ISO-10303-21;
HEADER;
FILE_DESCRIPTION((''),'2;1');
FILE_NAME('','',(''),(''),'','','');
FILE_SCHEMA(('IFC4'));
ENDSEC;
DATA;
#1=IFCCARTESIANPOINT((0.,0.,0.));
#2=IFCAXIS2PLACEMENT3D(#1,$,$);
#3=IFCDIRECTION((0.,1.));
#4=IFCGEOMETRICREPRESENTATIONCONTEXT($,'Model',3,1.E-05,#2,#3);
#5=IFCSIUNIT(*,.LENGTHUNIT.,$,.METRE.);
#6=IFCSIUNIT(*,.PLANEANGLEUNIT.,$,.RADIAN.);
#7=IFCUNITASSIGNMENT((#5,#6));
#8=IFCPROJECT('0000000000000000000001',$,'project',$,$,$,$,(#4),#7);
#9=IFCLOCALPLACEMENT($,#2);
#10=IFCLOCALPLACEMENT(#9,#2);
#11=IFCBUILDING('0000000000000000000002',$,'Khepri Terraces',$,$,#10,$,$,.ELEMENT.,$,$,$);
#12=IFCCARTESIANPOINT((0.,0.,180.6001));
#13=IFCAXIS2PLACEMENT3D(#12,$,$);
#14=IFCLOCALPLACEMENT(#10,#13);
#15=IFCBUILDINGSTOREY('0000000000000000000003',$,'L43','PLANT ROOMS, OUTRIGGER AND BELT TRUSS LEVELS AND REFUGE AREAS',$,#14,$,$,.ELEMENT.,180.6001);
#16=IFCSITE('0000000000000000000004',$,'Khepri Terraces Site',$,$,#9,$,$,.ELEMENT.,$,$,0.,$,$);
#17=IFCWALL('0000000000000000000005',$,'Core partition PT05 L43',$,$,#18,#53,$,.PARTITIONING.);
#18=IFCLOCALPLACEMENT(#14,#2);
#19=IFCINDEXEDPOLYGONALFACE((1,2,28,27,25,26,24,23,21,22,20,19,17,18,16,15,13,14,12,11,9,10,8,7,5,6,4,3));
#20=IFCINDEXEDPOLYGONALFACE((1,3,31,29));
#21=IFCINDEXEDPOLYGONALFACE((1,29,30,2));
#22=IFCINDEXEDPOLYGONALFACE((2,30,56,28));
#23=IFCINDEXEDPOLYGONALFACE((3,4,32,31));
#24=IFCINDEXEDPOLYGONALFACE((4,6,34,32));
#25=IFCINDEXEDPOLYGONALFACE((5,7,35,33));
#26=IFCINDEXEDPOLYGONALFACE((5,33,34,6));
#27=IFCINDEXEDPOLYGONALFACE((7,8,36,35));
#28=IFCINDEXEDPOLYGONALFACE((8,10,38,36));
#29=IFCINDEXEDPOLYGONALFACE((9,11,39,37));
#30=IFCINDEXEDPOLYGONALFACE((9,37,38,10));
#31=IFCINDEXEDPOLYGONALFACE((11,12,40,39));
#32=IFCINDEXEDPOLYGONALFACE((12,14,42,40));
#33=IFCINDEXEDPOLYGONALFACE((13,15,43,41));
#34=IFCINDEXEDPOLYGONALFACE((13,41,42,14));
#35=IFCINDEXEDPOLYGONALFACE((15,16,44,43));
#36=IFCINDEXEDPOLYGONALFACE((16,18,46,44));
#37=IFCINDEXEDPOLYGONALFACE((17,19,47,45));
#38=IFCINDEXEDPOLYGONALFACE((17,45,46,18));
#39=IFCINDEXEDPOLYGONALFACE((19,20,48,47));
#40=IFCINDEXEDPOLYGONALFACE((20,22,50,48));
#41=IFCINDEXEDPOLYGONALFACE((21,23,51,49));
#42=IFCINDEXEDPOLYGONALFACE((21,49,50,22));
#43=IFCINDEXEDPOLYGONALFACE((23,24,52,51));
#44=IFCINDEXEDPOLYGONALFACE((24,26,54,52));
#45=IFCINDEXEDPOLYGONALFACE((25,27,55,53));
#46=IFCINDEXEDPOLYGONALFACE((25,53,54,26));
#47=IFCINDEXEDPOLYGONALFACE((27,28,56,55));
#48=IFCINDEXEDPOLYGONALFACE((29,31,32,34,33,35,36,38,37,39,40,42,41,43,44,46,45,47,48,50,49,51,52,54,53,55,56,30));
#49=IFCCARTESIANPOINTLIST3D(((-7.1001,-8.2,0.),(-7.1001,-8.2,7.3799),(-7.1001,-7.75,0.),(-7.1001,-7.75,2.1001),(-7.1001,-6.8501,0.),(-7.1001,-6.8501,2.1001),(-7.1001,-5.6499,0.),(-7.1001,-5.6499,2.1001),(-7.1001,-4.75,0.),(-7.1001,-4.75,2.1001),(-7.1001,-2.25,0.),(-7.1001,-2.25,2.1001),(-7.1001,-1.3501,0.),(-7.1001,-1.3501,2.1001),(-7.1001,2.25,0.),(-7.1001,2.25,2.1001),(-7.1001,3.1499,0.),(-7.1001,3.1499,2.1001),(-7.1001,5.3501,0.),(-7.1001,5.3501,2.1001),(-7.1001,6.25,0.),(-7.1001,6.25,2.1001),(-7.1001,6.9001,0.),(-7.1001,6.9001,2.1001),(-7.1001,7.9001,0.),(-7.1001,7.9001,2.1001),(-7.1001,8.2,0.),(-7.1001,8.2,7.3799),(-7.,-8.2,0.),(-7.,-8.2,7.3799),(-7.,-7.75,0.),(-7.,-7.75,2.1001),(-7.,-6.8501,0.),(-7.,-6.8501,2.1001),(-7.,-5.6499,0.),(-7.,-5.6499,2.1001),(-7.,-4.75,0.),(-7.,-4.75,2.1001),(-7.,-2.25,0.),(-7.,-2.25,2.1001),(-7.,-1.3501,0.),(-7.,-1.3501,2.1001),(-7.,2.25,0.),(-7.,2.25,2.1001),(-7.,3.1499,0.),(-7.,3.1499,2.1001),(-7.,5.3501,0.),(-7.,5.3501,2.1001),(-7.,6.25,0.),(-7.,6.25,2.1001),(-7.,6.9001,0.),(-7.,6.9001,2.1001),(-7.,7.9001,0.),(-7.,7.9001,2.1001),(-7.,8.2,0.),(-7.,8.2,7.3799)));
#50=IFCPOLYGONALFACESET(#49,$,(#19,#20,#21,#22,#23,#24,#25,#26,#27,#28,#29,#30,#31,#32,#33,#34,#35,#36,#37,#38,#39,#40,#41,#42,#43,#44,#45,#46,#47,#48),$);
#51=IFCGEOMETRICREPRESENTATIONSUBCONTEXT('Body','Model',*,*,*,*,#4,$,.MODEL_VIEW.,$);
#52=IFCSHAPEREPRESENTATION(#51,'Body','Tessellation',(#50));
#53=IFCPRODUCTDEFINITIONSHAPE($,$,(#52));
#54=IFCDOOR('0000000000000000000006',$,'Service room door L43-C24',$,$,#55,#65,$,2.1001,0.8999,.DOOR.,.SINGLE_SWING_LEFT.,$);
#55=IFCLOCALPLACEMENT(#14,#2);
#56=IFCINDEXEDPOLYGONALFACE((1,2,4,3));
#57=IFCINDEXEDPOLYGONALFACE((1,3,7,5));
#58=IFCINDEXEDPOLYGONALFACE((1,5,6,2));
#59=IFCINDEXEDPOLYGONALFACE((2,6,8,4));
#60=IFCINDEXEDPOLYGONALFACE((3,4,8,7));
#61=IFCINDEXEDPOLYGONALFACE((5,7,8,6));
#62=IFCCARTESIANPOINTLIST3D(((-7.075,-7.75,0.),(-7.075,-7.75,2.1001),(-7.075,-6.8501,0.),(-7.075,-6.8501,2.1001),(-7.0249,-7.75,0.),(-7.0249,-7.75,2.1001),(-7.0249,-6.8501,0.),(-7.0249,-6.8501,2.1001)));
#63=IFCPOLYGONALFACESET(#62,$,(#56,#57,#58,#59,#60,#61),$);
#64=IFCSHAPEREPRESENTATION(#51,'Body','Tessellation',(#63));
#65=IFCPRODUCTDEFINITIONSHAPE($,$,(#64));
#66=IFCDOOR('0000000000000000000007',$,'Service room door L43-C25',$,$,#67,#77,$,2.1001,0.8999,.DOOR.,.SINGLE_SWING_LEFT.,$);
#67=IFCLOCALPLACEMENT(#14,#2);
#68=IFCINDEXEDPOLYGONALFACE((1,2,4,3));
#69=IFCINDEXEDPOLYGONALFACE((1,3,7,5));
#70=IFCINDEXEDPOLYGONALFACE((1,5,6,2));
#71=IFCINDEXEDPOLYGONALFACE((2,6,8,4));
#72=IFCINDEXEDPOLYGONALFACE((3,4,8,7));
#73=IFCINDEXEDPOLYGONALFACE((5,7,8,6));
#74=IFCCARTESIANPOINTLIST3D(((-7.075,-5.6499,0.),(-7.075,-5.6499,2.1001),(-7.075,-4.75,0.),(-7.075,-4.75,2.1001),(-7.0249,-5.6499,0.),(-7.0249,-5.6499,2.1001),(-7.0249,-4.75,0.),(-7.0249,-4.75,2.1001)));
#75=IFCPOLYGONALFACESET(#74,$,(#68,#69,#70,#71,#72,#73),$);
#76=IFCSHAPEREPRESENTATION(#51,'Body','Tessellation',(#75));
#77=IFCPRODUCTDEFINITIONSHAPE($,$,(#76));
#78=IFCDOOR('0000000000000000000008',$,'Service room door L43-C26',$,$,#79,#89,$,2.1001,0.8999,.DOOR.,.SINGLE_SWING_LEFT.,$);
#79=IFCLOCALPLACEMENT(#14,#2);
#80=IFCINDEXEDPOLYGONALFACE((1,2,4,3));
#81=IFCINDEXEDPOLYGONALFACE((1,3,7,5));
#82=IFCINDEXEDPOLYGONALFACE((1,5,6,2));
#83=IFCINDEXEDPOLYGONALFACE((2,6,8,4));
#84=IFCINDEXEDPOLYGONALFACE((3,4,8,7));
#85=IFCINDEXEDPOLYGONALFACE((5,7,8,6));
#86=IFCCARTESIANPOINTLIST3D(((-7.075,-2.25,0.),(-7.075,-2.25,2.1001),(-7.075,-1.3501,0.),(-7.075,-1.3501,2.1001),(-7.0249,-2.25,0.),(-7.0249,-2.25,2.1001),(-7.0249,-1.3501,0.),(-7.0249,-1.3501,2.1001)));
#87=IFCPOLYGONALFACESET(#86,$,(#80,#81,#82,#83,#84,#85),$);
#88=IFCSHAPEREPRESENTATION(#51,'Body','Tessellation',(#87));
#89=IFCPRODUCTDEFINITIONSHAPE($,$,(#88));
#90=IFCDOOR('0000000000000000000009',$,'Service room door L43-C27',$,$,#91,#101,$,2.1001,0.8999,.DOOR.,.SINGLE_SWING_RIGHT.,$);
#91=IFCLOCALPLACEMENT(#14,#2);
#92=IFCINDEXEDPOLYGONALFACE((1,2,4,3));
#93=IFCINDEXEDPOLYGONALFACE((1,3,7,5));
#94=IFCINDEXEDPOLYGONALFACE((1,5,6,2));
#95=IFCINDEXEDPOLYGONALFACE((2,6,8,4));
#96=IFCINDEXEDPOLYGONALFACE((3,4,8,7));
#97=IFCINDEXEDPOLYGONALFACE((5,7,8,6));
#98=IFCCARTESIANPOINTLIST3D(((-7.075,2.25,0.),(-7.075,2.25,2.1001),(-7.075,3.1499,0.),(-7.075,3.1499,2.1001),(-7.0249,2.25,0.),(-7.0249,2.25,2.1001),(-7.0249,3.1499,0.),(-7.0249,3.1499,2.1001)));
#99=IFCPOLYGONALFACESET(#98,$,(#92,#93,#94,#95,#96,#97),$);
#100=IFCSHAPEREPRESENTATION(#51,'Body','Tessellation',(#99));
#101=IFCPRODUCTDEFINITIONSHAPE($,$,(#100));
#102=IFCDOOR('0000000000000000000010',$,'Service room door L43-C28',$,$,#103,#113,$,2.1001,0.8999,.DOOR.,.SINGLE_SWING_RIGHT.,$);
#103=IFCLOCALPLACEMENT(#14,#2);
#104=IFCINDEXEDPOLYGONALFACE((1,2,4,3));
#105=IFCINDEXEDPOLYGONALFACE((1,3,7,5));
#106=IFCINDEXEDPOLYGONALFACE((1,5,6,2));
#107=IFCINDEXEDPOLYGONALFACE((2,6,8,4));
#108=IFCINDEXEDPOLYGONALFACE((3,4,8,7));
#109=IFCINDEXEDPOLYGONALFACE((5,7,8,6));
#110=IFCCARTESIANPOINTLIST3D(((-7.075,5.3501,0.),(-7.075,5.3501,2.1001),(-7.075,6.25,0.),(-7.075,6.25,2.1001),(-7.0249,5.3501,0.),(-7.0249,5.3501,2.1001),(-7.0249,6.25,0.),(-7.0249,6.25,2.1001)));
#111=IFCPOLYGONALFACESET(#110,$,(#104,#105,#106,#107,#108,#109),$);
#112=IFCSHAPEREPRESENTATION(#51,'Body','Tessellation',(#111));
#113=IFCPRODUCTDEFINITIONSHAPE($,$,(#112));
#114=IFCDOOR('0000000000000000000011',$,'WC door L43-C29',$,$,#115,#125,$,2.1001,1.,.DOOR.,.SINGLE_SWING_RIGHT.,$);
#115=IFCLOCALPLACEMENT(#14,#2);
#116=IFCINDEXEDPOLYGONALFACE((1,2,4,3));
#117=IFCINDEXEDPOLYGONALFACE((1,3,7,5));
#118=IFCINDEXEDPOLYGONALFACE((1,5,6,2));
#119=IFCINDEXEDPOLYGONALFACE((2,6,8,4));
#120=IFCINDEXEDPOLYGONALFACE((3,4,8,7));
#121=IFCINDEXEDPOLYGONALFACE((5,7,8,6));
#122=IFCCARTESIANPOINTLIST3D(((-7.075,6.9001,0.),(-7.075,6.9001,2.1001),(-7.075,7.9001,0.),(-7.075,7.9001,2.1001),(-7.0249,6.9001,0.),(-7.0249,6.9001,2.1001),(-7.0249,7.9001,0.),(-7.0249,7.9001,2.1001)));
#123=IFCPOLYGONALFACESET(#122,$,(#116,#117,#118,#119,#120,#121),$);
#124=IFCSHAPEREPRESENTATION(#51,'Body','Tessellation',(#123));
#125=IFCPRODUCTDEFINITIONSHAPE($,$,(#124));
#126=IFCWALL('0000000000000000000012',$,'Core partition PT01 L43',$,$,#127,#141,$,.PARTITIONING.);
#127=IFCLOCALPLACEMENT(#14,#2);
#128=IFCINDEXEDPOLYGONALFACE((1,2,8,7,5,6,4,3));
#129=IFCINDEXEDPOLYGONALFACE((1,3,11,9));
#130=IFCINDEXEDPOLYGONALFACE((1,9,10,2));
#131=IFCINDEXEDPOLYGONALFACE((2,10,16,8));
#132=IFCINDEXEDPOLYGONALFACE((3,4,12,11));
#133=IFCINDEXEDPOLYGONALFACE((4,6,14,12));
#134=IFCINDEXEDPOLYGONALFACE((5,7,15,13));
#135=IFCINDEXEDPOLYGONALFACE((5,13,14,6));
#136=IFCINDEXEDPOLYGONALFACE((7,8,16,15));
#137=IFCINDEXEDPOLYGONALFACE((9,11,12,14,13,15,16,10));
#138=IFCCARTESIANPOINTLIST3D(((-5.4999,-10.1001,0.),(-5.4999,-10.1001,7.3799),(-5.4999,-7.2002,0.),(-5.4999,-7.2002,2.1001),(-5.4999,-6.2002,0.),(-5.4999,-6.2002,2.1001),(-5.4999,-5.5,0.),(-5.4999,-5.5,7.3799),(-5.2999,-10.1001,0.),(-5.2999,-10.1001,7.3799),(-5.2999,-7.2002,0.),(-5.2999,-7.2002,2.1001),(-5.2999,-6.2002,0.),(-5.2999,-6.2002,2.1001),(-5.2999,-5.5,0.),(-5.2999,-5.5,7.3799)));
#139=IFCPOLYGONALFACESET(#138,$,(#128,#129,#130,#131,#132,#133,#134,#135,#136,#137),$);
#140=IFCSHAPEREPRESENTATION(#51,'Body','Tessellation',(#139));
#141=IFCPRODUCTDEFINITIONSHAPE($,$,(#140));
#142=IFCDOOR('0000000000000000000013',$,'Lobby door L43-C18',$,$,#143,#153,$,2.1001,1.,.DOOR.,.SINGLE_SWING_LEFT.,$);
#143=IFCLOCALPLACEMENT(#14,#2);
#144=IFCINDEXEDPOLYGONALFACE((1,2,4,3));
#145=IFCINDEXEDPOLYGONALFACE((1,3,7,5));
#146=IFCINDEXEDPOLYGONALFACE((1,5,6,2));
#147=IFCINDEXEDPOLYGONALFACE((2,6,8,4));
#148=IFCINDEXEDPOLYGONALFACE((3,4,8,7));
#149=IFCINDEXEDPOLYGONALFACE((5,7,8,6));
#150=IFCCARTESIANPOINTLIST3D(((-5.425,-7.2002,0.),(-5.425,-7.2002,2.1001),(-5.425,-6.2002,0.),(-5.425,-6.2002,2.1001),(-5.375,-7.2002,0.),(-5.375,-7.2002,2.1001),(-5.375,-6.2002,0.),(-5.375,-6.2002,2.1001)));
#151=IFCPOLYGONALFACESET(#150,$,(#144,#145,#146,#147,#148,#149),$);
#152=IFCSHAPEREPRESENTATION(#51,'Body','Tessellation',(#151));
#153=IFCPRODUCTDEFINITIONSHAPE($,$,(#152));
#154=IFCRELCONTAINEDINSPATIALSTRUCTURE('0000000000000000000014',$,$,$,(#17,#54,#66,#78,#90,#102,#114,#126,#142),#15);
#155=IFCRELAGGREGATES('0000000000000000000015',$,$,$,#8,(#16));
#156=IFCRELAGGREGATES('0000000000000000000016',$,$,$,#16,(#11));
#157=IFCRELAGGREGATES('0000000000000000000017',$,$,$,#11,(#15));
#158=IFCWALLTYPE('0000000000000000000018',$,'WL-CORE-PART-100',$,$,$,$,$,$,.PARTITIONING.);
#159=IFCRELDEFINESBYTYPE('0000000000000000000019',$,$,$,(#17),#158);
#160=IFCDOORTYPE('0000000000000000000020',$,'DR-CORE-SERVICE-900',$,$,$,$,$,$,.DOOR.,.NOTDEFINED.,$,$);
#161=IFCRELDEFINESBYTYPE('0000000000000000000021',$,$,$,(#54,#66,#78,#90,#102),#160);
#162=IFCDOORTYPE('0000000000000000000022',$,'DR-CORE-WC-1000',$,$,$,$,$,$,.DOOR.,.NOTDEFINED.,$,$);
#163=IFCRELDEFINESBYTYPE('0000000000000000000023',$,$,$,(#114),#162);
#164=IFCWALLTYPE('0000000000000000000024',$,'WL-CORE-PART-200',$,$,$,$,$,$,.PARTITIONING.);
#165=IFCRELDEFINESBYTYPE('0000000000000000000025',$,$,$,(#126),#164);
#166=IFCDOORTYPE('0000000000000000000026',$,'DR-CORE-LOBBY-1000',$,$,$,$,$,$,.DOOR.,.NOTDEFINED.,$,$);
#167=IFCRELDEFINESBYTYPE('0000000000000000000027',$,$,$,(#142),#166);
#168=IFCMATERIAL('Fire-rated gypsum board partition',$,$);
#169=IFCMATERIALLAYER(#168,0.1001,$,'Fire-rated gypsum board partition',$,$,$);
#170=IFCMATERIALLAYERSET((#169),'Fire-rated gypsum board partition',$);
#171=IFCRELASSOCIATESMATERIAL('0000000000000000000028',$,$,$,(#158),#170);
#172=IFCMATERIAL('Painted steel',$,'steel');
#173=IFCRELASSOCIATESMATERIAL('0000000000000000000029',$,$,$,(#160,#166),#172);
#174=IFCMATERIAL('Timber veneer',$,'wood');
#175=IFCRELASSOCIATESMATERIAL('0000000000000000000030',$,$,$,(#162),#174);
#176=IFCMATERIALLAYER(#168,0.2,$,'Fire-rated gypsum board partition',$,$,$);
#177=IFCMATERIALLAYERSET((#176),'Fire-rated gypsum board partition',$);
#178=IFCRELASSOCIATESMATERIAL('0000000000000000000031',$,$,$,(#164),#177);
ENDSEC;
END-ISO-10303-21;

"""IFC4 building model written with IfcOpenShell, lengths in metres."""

from ifc_helpers import new_model, si_unit, direction, frame, frame_2d, origin, place, context, subcontext, project, spatial, rectangle, extrude, material, layer, layer_set, type_object, element, fill, save


model = new_model("IFC4")

# Units and contexts
model_context = context("Model", 3, precision=1e-05, world=origin(), true_north=direction((0.0, 1.0)))
body_context = subcontext(model_context, "Body", "Model", "MODEL_VIEW")
ifc_project = project(units=[si_unit("LENGTHUNIT", "METRE"), si_unit("PLANEANGLEUNIT", "RADIAN")], contexts=[model_context])

# Site, building, storey
site_placement = place(None, origin())
site = spatial("IfcSite", under=ifc_project, at=site_placement, Name="Khepri Terraces Site", CompositionType="ELEMENT", RefElevation=0.0)
building_placement = place(site_placement, origin())
building = spatial("IfcBuilding", under=site, at=building_placement, Name="Khepri Terraces", CompositionType="ELEMENT")
storey_placement = place(building_placement, frame((0.0, 0.0, 180.6001)))
storey = spatial("IfcBuildingStorey", under=building, at=storey_placement, Name="L43", Description="PLANT ROOMS, OUTRIGGER AND BELT TRUSS LEVELS AND REFUGE AREAS", CompositionType="ELEMENT", Elevation=180.6001)

# Shared definitions
ifc_material_1 = material(Name="Painted steel", Category="steel")

# Wall, openings, doors
ifc_material_2 = material(Name="Fire-rated gypsum board partition")
ifc_layer_1 = layer(ifc_material_2, 0.1001, Name="Fire-rated gypsum board partition")
ifc_layer_set_1 = layer_set([ifc_layer_1], Name="Fire-rated gypsum board partition")
wall_type_1 = type_object("IfcWallType", Name="WL-CORE-PART-100", PredefinedType="PARTITIONING", material=ifc_layer_set_1)
wall_1_placement = place(storey_placement, frame((-7.05, -8.2, 0.0), z_axis=(0.0, 0.0, 1.0), x_axis=(0.0, 1.0, 0.0)))
wall_1 = element("IfcWall", 1, at=wall_1_placement, inside=storey, type_object=wall_type_1, Name="Core partition PT05 L43", PredefinedType="PARTITIONING", context=body_context, shape_type="SweptSolid", body=[
    extrude(rectangle(XDim=16.3999, YDim=0.1001, at=frame_2d((8.2, 0.0))), origin(), (0.0, 0.0, 1.0), 7.3799),
])
opening_1_placement = place(wall_1_placement, frame((0.45, 0.0, 0.0)))
opening_1 = element("IfcOpeningElement", 2, at=opening_1_placement, cuts=wall_1, PredefinedType="OPENING", context=body_context, shape_type="SweptSolid", body=[
    extrude(rectangle(XDim=0.8999, YDim=2.1001, at=frame_2d((0.45, 1.05))), frame((0.0, 0.0601, 0.0), z_axis=(0.0, -1.0, 0.0), x_axis=(1.0, 0.0, 0.0)), (0.0, 0.0, 1.0), 0.1201),
])
opening_2_placement = place(wall_1_placement, frame((2.55, 0.0, 0.0)))
opening_2 = element("IfcOpeningElement", 3, at=opening_2_placement, cuts=wall_1, PredefinedType="OPENING", context=body_context, shape_type="SweptSolid", body=[
    extrude(rectangle(XDim=0.8999, YDim=2.1001, at=frame_2d((0.45, 1.05))), frame((0.0, 0.0601, 0.0), z_axis=(0.0, -1.0, 0.0), x_axis=(1.0, 0.0, 0.0)), (0.0, 0.0, 1.0), 0.1201),
])
opening_3_placement = place(wall_1_placement, frame((5.95, 0.0, 0.0)))
opening_3 = element("IfcOpeningElement", 4, at=opening_3_placement, cuts=wall_1, PredefinedType="OPENING", context=body_context, shape_type="SweptSolid", body=[
    extrude(rectangle(XDim=0.8999, YDim=2.1001, at=frame_2d((0.45, 1.05))), frame((0.0, 0.0601, 0.0), z_axis=(0.0, -1.0, 0.0), x_axis=(1.0, 0.0, 0.0)), (0.0, 0.0, 1.0), 0.1201),
])
opening_4_placement = place(wall_1_placement, frame((10.45, 0.0, 0.0)))
opening_4 = element("IfcOpeningElement", 5, at=opening_4_placement, cuts=wall_1, PredefinedType="OPENING", context=body_context, shape_type="SweptSolid", body=[
    extrude(rectangle(XDim=0.8999, YDim=2.1001, at=frame_2d((0.45, 1.05))), frame((0.0, 0.0601, 0.0), z_axis=(0.0, -1.0, 0.0), x_axis=(1.0, 0.0, 0.0)), (0.0, 0.0, 1.0), 0.1201),
])
opening_5_placement = place(wall_1_placement, frame((13.55, 0.0, 0.0)))
opening_5 = element("IfcOpeningElement", 6, at=opening_5_placement, cuts=wall_1, PredefinedType="OPENING", context=body_context, shape_type="SweptSolid", body=[
    extrude(rectangle(XDim=0.8999, YDim=2.1001, at=frame_2d((0.45, 1.05))), frame((0.0, 0.0601, 0.0), z_axis=(0.0, -1.0, 0.0), x_axis=(1.0, 0.0, 0.0)), (0.0, 0.0, 1.0), 0.1201),
])
opening_6_placement = place(wall_1_placement, frame((15.1001, 0.0, 0.0)))
opening_6 = element("IfcOpeningElement", 7, at=opening_6_placement, cuts=wall_1, PredefinedType="OPENING", context=body_context, shape_type="SweptSolid", body=[
    extrude(rectangle(XDim=1.0, YDim=2.1001, at=frame_2d((0.5, 1.05))), frame((0.0, 0.0601, 0.0), z_axis=(0.0, -1.0, 0.0), x_axis=(1.0, 0.0, 0.0)), (0.0, 0.0, 1.0), 0.1201),
])
door_type_1 = type_object("IfcDoorType", Name="DR-CORE-SERVICE-900", OperationType="NOTDEFINED", PredefinedType="DOOR", material=ifc_material_1)
door_1_placement = place(opening_1_placement, origin())
door_1 = element("IfcDoor", 8, at=door_1_placement, inside=storey, type_object=door_type_1, Name="Service room door L43-C24", OperationType="SINGLE_SWING_LEFT", OverallHeight=2.1001, OverallWidth=0.8999, PredefinedType="DOOR", context=body_context, shape_type="SweptSolid", body=[
    extrude(rectangle(XDim=0.8999, YDim=2.1001, at=frame_2d((0.45, 1.05))), frame((0.0, 0.0249, 0.0), z_axis=(0.0, -1.0, 0.0), x_axis=(1.0, 0.0, 0.0)), (0.0, 0.0, 1.0), 0.05),
])
fill(opening_1, door_1)
door_2_placement = place(opening_2_placement, origin())
door_2 = element("IfcDoor", 9, at=door_2_placement, inside=storey, type_object=door_type_1, Name="Service room door L43-C25", OperationType="SINGLE_SWING_LEFT", OverallHeight=2.1001, OverallWidth=0.8999, PredefinedType="DOOR", context=body_context, shape_type="SweptSolid", body=[
    extrude(rectangle(XDim=0.8999, YDim=2.1001, at=frame_2d((0.45, 1.05))), frame((0.0, 0.0249, 0.0), z_axis=(0.0, -1.0, 0.0), x_axis=(1.0, 0.0, 0.0)), (0.0, 0.0, 1.0), 0.05),
])
fill(opening_2, door_2)
door_3_placement = place(opening_3_placement, origin())
door_3 = element("IfcDoor", 10, at=door_3_placement, inside=storey, type_object=door_type_1, Name="Service room door L43-C26", OperationType="SINGLE_SWING_LEFT", OverallHeight=2.1001, OverallWidth=0.8999, PredefinedType="DOOR", context=body_context, shape_type="SweptSolid", body=[
    extrude(rectangle(XDim=0.8999, YDim=2.1001, at=frame_2d((0.45, 1.05))), frame((0.0, 0.0249, 0.0), z_axis=(0.0, -1.0, 0.0), x_axis=(1.0, 0.0, 0.0)), (0.0, 0.0, 1.0), 0.05),
])
fill(opening_3, door_3)
door_4_placement = place(opening_4_placement, origin())
door_4 = element("IfcDoor", 11, at=door_4_placement, inside=storey, type_object=door_type_1, Name="Service room door L43-C27", OperationType="SINGLE_SWING_RIGHT", OverallHeight=2.1001, OverallWidth=0.8999, PredefinedType="DOOR", context=body_context, shape_type="SweptSolid", body=[
    extrude(rectangle(XDim=0.8999, YDim=2.1001, at=frame_2d((0.45, 1.05))), frame((0.0, 0.0249, 0.0), z_axis=(0.0, -1.0, 0.0), x_axis=(1.0, 0.0, 0.0)), (0.0, 0.0, 1.0), 0.05),
])
fill(opening_4, door_4)
door_5_placement = place(opening_5_placement, origin())
door_5 = element("IfcDoor", 12, at=door_5_placement, inside=storey, type_object=door_type_1, Name="Service room door L43-C28", OperationType="SINGLE_SWING_RIGHT", OverallHeight=2.1001, OverallWidth=0.8999, PredefinedType="DOOR", context=body_context, shape_type="SweptSolid", body=[
    extrude(rectangle(XDim=0.8999, YDim=2.1001, at=frame_2d((0.45, 1.05))), frame((0.0, 0.0249, 0.0), z_axis=(0.0, -1.0, 0.0), x_axis=(1.0, 0.0, 0.0)), (0.0, 0.0, 1.0), 0.05),
])
fill(opening_5, door_5)
ifc_material_3 = material(Name="Timber veneer", Category="wood")
door_type_2 = type_object("IfcDoorType", Name="DR-CORE-WC-1000", OperationType="NOTDEFINED", PredefinedType="DOOR", material=ifc_material_3)
door_6_placement = place(opening_6_placement, origin())
door_6 = element("IfcDoor", 13, at=door_6_placement, inside=storey, type_object=door_type_2, Name="WC door L43-C29", OperationType="SINGLE_SWING_RIGHT", OverallHeight=2.1001, OverallWidth=1.0, PredefinedType="DOOR", context=body_context, shape_type="SweptSolid", body=[
    extrude(rectangle(XDim=1.0, YDim=2.1001, at=frame_2d((0.5, 1.05))), frame((0.0, 0.0249, 0.0), z_axis=(0.0, -1.0, 0.0), x_axis=(1.0, 0.0, 0.0)), (0.0, 0.0, 1.0), 0.05),
])
fill(opening_6, door_6)

# Wall, opening, door
ifc_layer_2 = layer(ifc_material_2, 0.2, Name="Fire-rated gypsum board partition")
ifc_layer_set_2 = layer_set([ifc_layer_2], Name="Fire-rated gypsum board partition")
wall_type_2 = type_object("IfcWallType", Name="WL-CORE-PART-200", PredefinedType="PARTITIONING", material=ifc_layer_set_2)
wall_2_placement = place(storey_placement, frame((-5.3999, -10.1001, 0.0), z_axis=(0.0, 0.0, 1.0), x_axis=(0.0, 1.0, 0.0)))
wall_2 = element("IfcWall", 14, at=wall_2_placement, inside=storey, type_object=wall_type_2, Name="Core partition PT01 L43", PredefinedType="PARTITIONING", context=body_context, shape_type="SweptSolid", body=[
    extrude(rectangle(XDim=4.6001, YDim=0.2, at=frame_2d((2.3, 0.0))), origin(), (0.0, 0.0, 1.0), 7.3799),
])
opening_7_placement = place(wall_2_placement, frame((2.8999, 0.0, 0.0)))
opening_7 = element("IfcOpeningElement", 15, at=opening_7_placement, cuts=wall_2, PredefinedType="OPENING", context=body_context, shape_type="SweptSolid", body=[
    extrude(rectangle(XDim=1.0, YDim=2.1001, at=frame_2d((0.5, 1.05))), frame((0.0, 0.1099, 0.0), z_axis=(0.0, -1.0, 0.0), x_axis=(1.0, 0.0, 0.0)), (0.0, 0.0, 1.0), 0.22),
])
door_type_3 = type_object("IfcDoorType", Name="DR-CORE-LOBBY-1000", OperationType="NOTDEFINED", PredefinedType="DOOR", material=ifc_material_1)
door_7_placement = place(opening_7_placement, frame((1.0, 0.0, 0.0), z_axis=(0.0, 0.0, 1.0), x_axis=(-1.0, 0.0, 0.0)))
door_7 = element("IfcDoor", 16, at=door_7_placement, inside=storey, type_object=door_type_3, Name="Lobby door L43-C18", OperationType="SINGLE_SWING_LEFT", OverallHeight=2.1001, OverallWidth=1.0, PredefinedType="DOOR", context=body_context, shape_type="SweptSolid", body=[
    extrude(rectangle(XDim=1.0, YDim=2.1001, at=frame_2d((0.5, 1.05))), frame((0.0, 0.0249, 0.0), z_axis=(0.0, -1.0, 0.0), x_axis=(1.0, 0.0, 0.0)), (0.0, 0.0, 1.0), 0.05),
])
fill(opening_7, door_7)

save(model, "model.ifc")
